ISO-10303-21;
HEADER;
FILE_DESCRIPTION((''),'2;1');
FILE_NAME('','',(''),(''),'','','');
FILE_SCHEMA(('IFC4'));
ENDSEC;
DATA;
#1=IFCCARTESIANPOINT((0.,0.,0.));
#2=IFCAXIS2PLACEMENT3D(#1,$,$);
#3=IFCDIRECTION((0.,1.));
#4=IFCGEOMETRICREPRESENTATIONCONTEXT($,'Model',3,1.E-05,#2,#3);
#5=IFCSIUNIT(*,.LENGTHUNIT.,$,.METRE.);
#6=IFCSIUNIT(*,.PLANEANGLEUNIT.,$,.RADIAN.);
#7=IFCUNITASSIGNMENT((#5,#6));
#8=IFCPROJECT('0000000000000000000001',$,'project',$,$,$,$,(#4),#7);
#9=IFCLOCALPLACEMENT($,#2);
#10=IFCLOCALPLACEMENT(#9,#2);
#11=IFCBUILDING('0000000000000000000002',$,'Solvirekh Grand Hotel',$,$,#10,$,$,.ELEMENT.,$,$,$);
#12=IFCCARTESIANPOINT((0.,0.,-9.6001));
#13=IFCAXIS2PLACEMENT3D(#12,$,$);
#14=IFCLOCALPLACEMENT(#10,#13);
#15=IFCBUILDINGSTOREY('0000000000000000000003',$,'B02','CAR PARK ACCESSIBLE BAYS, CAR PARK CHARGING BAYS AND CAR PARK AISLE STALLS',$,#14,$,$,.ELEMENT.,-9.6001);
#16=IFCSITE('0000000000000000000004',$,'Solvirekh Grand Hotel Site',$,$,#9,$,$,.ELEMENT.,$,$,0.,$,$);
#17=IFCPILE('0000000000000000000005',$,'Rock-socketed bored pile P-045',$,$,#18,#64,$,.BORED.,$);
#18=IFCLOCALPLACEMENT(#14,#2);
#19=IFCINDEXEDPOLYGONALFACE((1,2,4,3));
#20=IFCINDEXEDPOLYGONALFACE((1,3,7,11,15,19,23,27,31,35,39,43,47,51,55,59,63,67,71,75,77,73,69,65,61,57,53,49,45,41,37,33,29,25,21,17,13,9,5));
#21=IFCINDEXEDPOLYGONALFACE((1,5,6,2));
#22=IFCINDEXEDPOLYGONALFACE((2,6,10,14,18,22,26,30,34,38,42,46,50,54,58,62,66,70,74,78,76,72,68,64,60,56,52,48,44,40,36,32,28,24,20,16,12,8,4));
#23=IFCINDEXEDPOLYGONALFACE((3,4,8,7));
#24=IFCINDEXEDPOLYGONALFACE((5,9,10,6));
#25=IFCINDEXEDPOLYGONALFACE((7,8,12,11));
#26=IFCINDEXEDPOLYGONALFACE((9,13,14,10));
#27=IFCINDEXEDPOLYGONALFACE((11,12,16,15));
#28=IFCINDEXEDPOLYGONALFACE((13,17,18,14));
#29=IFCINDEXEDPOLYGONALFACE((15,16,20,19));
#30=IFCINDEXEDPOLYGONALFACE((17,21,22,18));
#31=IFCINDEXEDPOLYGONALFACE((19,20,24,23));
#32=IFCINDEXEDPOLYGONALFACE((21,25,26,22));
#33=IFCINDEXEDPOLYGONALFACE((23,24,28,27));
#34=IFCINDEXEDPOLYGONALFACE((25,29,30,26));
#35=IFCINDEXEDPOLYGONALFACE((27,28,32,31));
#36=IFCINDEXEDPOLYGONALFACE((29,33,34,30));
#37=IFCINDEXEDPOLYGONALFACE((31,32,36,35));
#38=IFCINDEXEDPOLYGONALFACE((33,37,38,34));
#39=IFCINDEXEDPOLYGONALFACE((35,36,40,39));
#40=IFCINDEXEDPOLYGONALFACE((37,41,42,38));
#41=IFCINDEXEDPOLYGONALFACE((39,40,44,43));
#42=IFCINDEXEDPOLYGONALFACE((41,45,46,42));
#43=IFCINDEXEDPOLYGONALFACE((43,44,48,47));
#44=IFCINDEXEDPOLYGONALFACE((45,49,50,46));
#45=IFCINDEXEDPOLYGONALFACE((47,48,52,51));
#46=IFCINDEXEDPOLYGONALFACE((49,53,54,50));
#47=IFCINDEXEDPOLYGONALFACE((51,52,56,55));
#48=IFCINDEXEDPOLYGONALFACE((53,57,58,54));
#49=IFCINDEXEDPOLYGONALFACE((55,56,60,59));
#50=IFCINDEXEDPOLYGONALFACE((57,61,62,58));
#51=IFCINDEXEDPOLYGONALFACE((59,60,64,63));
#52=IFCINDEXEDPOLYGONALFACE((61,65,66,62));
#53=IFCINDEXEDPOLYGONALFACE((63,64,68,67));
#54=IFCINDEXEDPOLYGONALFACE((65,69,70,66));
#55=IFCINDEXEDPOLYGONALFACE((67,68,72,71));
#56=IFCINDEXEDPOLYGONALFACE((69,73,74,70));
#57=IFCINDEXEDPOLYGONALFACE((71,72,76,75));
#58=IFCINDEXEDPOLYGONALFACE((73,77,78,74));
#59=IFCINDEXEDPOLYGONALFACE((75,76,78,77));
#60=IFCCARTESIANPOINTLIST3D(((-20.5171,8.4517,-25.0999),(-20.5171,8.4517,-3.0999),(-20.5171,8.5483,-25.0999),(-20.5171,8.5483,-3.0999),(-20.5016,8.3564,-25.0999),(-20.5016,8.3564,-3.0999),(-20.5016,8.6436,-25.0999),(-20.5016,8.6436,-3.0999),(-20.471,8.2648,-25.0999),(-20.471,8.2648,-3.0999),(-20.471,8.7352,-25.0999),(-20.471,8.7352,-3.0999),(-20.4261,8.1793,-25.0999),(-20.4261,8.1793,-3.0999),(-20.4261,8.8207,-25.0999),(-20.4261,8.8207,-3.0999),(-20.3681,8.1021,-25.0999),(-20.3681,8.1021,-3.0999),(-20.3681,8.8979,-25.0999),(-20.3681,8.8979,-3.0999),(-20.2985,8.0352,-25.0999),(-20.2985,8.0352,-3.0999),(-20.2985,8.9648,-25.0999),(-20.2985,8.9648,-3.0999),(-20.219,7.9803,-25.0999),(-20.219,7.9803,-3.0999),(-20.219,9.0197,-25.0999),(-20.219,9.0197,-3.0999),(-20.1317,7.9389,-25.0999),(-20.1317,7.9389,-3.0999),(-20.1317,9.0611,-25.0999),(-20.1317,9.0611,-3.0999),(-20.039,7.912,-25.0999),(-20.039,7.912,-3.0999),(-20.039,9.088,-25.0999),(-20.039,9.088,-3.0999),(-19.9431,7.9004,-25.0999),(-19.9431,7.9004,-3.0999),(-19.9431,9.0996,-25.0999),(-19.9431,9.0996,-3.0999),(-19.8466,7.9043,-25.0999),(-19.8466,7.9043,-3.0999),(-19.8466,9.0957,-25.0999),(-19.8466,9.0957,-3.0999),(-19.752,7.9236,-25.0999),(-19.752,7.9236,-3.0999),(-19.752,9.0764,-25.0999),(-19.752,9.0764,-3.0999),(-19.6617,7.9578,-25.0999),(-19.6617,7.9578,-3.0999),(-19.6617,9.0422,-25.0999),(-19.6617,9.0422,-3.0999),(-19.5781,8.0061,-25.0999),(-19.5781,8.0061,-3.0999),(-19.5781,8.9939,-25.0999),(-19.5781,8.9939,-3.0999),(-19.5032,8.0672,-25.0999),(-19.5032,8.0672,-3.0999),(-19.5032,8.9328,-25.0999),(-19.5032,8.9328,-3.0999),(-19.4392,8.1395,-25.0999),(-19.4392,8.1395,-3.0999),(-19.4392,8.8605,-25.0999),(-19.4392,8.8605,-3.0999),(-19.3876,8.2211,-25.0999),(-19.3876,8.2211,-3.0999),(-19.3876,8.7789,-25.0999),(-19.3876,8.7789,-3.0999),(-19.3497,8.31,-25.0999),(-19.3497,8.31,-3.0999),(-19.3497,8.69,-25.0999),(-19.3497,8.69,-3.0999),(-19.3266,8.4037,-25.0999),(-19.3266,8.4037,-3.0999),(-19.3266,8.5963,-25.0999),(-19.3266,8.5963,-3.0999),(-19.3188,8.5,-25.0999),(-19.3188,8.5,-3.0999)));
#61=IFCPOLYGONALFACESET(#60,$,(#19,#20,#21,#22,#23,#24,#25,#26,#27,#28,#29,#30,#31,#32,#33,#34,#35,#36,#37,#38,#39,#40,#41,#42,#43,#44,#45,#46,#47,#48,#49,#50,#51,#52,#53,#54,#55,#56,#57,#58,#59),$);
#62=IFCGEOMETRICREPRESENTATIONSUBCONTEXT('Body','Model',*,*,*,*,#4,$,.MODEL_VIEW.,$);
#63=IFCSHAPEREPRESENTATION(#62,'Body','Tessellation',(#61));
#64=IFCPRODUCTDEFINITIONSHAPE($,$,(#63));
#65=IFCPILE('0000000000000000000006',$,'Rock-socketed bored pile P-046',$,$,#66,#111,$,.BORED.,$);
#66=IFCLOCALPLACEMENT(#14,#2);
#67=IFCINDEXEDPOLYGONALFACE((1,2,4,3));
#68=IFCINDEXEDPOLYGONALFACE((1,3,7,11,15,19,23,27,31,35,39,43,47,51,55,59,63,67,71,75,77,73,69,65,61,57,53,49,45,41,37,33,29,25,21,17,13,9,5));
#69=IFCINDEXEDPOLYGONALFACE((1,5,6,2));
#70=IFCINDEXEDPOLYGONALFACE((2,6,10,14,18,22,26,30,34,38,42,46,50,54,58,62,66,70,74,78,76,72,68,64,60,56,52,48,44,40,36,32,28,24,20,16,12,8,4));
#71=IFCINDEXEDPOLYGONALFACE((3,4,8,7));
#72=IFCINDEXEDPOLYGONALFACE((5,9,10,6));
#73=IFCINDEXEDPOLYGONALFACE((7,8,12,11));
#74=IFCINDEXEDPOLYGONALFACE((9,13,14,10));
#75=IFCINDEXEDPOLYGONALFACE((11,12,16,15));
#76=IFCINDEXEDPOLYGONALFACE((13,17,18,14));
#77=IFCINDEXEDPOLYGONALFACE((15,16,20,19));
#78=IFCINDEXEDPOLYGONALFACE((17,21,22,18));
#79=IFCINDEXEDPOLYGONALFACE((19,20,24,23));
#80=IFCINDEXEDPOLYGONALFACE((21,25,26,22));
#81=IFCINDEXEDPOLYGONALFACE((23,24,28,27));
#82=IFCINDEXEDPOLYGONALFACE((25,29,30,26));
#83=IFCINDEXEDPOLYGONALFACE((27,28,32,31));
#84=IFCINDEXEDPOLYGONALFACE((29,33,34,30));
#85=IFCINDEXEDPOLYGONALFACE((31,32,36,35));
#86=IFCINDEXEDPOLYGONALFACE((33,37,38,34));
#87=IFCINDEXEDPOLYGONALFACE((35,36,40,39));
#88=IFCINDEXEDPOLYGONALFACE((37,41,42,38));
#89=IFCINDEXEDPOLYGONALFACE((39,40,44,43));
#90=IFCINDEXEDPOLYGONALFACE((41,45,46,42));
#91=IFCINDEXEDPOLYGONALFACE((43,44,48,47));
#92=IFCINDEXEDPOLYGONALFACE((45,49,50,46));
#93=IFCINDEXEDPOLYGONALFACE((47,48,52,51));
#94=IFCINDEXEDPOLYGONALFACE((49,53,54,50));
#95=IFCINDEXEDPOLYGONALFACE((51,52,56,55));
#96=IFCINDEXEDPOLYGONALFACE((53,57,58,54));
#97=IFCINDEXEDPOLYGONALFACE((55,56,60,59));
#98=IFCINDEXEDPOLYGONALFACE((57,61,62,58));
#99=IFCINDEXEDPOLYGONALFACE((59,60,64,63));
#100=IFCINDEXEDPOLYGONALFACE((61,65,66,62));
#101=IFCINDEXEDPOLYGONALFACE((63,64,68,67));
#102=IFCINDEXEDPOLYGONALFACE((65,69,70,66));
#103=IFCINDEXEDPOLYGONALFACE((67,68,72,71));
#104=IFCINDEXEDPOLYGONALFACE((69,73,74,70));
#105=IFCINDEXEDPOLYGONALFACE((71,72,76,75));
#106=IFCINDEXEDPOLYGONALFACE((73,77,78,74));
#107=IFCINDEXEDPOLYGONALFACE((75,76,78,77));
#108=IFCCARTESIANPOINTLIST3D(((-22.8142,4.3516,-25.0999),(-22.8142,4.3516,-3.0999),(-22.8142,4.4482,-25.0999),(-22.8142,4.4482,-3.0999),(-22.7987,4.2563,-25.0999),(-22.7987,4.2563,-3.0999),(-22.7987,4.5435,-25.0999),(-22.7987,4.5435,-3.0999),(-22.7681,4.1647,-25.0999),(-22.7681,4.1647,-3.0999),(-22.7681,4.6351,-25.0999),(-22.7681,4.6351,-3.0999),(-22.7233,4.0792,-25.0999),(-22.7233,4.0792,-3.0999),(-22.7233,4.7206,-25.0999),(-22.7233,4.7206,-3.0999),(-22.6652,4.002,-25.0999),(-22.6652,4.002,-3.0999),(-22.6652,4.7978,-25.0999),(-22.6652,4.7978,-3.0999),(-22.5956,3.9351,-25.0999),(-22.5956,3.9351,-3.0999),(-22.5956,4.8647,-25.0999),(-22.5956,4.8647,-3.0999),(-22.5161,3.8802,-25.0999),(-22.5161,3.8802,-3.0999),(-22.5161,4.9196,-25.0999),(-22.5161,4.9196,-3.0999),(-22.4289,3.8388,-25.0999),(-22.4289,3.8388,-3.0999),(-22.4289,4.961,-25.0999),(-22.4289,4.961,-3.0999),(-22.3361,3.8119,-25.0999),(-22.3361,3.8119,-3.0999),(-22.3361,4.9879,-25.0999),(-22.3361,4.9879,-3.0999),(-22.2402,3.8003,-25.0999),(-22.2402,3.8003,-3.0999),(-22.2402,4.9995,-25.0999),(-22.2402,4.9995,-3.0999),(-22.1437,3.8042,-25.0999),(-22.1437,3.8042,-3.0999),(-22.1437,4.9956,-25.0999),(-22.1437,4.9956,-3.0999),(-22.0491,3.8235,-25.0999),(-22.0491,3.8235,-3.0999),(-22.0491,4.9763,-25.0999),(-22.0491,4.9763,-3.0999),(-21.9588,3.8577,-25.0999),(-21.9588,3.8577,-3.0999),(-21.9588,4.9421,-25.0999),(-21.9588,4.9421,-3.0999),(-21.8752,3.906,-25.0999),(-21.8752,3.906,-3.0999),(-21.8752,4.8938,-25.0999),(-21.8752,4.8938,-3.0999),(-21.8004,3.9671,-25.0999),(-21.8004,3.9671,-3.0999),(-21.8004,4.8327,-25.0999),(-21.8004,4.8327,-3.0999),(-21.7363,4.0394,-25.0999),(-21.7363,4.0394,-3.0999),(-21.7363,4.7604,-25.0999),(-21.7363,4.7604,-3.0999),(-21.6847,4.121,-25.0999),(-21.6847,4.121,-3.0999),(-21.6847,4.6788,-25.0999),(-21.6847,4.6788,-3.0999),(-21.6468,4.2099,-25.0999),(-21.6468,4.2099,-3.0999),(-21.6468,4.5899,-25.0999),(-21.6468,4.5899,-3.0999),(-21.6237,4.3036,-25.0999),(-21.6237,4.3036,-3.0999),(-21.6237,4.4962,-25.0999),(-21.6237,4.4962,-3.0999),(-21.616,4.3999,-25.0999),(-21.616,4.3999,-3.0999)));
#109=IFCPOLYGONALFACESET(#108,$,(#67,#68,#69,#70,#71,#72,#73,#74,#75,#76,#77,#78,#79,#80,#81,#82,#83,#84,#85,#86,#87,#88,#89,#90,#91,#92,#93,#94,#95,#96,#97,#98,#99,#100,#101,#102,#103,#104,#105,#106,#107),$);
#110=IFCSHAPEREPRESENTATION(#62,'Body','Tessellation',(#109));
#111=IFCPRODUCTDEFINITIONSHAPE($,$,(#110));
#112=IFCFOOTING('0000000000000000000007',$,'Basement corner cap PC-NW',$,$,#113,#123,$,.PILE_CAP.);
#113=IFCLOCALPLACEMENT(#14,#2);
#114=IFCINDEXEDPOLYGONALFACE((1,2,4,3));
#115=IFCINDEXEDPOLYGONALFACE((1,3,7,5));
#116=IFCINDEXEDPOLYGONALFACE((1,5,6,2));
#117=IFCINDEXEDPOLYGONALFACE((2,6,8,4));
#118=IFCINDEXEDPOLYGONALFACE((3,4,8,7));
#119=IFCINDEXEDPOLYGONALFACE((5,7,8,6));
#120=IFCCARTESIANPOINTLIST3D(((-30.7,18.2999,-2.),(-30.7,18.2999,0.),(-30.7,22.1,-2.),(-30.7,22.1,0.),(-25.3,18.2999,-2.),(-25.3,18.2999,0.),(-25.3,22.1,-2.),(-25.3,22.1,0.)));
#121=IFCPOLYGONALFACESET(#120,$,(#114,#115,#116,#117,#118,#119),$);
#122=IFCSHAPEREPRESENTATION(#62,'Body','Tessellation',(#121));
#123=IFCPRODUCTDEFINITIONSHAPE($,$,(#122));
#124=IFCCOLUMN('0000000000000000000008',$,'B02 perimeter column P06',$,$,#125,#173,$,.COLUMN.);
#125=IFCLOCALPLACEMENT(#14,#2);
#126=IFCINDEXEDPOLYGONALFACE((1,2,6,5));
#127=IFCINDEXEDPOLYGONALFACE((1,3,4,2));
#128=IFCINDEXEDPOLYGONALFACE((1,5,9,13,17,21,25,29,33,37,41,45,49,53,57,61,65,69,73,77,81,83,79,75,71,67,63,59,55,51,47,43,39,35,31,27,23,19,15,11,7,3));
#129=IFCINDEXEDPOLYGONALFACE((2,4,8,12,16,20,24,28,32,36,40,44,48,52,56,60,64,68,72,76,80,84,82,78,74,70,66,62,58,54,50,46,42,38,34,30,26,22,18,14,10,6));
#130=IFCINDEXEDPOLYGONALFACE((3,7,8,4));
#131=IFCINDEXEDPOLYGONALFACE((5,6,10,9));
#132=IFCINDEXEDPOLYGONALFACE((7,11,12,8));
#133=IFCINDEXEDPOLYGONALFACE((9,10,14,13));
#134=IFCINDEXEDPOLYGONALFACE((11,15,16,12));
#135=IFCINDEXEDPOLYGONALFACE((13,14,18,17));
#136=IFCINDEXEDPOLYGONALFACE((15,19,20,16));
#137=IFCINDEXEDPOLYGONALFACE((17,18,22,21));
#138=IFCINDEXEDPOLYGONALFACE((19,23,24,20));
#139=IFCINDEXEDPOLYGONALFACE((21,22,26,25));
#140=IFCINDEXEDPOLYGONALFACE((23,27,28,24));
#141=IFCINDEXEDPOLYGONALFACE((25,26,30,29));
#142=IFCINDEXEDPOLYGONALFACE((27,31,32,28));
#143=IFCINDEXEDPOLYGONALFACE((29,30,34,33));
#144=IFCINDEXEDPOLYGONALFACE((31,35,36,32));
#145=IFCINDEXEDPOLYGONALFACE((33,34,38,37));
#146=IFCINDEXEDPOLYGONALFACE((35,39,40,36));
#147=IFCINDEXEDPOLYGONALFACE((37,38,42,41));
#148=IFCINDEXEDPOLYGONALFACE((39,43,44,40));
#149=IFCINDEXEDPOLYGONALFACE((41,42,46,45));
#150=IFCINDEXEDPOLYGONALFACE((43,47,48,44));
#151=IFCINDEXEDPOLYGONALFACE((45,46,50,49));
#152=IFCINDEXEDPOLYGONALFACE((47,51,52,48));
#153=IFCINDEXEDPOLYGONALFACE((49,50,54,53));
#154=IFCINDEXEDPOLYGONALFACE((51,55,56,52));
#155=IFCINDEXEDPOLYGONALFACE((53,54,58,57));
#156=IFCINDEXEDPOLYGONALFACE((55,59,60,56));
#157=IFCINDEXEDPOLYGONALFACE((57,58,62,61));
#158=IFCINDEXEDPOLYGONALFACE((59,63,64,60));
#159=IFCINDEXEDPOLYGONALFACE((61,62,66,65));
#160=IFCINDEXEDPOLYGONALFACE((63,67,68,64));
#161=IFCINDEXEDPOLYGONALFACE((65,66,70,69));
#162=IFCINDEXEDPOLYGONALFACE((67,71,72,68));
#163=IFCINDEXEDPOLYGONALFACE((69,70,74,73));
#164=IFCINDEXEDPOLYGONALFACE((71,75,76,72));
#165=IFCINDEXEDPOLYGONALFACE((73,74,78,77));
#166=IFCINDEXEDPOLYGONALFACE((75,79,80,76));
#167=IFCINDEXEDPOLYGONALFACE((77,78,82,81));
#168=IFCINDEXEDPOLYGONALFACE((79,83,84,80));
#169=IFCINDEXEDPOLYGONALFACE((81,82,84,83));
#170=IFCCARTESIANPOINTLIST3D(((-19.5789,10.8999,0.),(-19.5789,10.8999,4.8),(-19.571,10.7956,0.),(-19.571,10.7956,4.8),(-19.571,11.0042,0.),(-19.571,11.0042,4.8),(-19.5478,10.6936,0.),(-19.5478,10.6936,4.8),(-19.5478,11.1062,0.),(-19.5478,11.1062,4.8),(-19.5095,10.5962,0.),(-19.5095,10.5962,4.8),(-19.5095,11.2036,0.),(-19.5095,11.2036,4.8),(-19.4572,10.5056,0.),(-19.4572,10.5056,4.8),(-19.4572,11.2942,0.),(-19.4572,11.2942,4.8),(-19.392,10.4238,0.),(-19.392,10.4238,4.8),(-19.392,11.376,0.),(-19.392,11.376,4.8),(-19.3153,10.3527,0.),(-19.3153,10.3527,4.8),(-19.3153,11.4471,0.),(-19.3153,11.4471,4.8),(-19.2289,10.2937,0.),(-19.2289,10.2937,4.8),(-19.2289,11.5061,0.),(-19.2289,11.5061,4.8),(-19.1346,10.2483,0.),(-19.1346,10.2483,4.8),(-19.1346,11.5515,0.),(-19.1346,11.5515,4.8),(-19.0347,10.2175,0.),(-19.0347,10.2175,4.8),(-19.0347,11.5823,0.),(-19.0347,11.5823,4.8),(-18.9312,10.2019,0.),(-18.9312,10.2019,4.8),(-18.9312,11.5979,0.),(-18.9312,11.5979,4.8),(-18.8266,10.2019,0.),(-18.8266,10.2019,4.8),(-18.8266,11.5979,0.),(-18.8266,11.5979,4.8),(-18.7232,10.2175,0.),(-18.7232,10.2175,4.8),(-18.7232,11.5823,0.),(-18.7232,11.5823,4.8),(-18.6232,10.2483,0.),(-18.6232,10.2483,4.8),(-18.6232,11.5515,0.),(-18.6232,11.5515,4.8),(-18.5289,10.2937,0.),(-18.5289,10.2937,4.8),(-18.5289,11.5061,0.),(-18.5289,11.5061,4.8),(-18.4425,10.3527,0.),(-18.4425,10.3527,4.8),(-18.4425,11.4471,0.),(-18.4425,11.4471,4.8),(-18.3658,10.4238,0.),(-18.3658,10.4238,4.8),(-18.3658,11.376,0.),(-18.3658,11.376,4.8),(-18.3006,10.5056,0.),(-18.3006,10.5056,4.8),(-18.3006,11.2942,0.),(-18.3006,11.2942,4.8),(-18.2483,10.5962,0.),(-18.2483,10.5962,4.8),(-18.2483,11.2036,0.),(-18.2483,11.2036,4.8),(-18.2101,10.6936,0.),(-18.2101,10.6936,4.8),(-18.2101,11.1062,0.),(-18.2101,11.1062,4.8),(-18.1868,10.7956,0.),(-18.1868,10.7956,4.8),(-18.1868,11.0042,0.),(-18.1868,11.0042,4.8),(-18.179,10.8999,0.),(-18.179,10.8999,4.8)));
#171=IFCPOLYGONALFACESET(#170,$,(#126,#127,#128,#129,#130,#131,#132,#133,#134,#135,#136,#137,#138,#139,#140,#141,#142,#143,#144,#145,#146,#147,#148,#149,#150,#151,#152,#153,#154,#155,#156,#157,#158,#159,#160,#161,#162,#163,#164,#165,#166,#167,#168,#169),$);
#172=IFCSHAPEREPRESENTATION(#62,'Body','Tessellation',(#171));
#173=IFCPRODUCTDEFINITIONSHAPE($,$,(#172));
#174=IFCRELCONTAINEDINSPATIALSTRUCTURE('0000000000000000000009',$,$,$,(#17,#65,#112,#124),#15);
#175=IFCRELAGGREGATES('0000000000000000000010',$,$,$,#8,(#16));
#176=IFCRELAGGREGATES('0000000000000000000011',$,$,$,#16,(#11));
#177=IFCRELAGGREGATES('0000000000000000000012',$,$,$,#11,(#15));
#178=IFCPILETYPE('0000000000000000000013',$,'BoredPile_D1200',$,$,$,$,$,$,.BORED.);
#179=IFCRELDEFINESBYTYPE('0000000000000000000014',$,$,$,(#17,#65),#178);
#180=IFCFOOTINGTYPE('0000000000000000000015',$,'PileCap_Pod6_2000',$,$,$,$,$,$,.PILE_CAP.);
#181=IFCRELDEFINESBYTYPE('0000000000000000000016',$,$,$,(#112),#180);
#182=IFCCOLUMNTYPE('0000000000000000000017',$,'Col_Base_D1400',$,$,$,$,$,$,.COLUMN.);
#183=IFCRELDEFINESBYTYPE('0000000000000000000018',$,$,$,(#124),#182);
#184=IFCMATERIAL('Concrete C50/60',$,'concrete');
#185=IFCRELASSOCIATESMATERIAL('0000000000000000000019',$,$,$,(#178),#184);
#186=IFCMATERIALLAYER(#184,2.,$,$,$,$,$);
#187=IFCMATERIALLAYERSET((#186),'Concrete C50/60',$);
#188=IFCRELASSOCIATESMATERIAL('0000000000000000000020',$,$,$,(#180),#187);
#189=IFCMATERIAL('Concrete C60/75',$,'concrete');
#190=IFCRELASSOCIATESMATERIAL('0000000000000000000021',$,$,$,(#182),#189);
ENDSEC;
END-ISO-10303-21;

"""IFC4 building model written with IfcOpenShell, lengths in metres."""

from ifc_helpers import new_model, si_unit, direction, frame, origin, origin_2d, place, context, subcontext, project, spatial, rectangle, circle, extrude, material, layer, layer_set, material_profile, profile_set, type_object, element, save


model = new_model("IFC4")

# Units and contexts
model_context = context("Model", 3, precision=1e-05, world=origin(), true_north=direction((0.0, 1.0)))
body_context = subcontext(model_context, "Body", "Model", "MODEL_VIEW")
ifc_project = project(units=[si_unit("LENGTHUNIT", "METRE"), si_unit("PLANEANGLEUNIT", "RADIAN")], contexts=[model_context])

# Site, building, storey
site_placement = place(None, origin())
site = spatial("IfcSite", under=ifc_project, at=site_placement, Name="Solvirekh Grand Hotel Site", CompositionType="ELEMENT", RefElevation=0.0)
building_placement = place(site_placement, origin())
building = spatial("IfcBuilding", under=site, at=building_placement, Name="Solvirekh Grand Hotel", CompositionType="ELEMENT")
storey_placement = place(building_placement, frame((0.0, 0.0, -9.6001)))
storey = spatial("IfcBuildingStorey", under=building, at=storey_placement, Name="B02", Description="CAR PARK ACCESSIBLE BAYS, CAR PARK CHARGING BAYS AND CAR PARK AISLE STALLS", CompositionType="ELEMENT", Elevation=-9.6001)

# Piles
ifc_material_1 = material(Name="Concrete C50/60", Category="concrete")
ifc_material_profile_1 = material_profile(ifc_material_1, circle(Radius=0.6001, at=origin_2d()), Name="BORED PILE D1200")
ifc_profile_set_1 = profile_set([ifc_material_profile_1], Name="Concrete C50/60")
pile_type_1 = type_object("IfcPileType", Name="BoredPile_D1200", PredefinedType="BORED", material=ifc_profile_set_1)
for number, where, z_axis, x_axis, name in (
    (1, (-19.9189, 8.5, -3.0999), (0.0, 0.0, -1.0), (1.0, 0.0, 0.0), "Rock-socketed bored pile P-045"),
    (2, (-22.2161, 4.3999, -3.0999), (0.0, 0.0, -1.0), (1.0, 0.0, 0.0), "Rock-socketed bored pile P-046"),
):
    element("IfcPile", number, at=place(storey_placement, frame(where, z_axis=z_axis, x_axis=x_axis)), inside=storey, type_object=pile_type_1, Name=name, PredefinedType="BORED", context=body_context, shape_type="SweptSolid", body=[
        extrude(circle(Radius=0.6001, at=origin_2d()), origin(), (0.0, 0.0, 1.0), 22.0),
    ])

# Footing
ifc_layer_1 = layer(ifc_material_1, 2.0)
ifc_layer_set_1 = layer_set([ifc_layer_1], Name="Concrete C50/60")
footing_type = type_object("IfcFootingType", Name="PileCap_Pod6_2000", PredefinedType="PILE_CAP", material=ifc_layer_set_1)
footing_placement = place(storey_placement, frame((-28.0, 20.2, -2.0), z_axis=(0.0, 0.0, 1.0), x_axis=(1.0, 0.0, 0.0)))
element("IfcFooting", 3, at=footing_placement, inside=storey, type_object=footing_type, Name="Basement corner cap PC-NW", PredefinedType="PILE_CAP", context=body_context, shape_type="SweptSolid", body=[
    extrude(rectangle(XDim=5.3999, YDim=3.8, at=origin_2d()), origin(), (0.0, 0.0, 1.0), 2.0),
])

# Column
ifc_material_2 = material(Name="Concrete C60/75", Category="concrete")
ifc_material_profile_2 = material_profile(ifc_material_2, circle(Radius=0.7, at=origin_2d()), Name="RC CIRC D1400")
ifc_profile_set_2 = profile_set([ifc_material_profile_2], Name="Concrete C60/75")
column_type_1 = type_object("IfcColumnType", Name="Col_Base_D1400", PredefinedType="COLUMN", material=ifc_profile_set_2)
for number, where, z_axis, x_axis, name in (
    (4, (-18.8789, 10.8999, 0.0), (0.0, 0.0, 1.0), (1.0, 0.0, 0.0), "B02 perimeter column P06"),
):
    element("IfcColumn", number, at=place(storey_placement, frame(where, z_axis=z_axis, x_axis=x_axis)), inside=storey, type_object=column_type_1, Name=name, PredefinedType="COLUMN", context=body_context, shape_type="SweptSolid", body=[
        extrude(circle(Radius=0.7, at=origin_2d()), origin(), (0.0, 0.0, 1.0), 4.8),
    ])

save(model, "model.ifc")
